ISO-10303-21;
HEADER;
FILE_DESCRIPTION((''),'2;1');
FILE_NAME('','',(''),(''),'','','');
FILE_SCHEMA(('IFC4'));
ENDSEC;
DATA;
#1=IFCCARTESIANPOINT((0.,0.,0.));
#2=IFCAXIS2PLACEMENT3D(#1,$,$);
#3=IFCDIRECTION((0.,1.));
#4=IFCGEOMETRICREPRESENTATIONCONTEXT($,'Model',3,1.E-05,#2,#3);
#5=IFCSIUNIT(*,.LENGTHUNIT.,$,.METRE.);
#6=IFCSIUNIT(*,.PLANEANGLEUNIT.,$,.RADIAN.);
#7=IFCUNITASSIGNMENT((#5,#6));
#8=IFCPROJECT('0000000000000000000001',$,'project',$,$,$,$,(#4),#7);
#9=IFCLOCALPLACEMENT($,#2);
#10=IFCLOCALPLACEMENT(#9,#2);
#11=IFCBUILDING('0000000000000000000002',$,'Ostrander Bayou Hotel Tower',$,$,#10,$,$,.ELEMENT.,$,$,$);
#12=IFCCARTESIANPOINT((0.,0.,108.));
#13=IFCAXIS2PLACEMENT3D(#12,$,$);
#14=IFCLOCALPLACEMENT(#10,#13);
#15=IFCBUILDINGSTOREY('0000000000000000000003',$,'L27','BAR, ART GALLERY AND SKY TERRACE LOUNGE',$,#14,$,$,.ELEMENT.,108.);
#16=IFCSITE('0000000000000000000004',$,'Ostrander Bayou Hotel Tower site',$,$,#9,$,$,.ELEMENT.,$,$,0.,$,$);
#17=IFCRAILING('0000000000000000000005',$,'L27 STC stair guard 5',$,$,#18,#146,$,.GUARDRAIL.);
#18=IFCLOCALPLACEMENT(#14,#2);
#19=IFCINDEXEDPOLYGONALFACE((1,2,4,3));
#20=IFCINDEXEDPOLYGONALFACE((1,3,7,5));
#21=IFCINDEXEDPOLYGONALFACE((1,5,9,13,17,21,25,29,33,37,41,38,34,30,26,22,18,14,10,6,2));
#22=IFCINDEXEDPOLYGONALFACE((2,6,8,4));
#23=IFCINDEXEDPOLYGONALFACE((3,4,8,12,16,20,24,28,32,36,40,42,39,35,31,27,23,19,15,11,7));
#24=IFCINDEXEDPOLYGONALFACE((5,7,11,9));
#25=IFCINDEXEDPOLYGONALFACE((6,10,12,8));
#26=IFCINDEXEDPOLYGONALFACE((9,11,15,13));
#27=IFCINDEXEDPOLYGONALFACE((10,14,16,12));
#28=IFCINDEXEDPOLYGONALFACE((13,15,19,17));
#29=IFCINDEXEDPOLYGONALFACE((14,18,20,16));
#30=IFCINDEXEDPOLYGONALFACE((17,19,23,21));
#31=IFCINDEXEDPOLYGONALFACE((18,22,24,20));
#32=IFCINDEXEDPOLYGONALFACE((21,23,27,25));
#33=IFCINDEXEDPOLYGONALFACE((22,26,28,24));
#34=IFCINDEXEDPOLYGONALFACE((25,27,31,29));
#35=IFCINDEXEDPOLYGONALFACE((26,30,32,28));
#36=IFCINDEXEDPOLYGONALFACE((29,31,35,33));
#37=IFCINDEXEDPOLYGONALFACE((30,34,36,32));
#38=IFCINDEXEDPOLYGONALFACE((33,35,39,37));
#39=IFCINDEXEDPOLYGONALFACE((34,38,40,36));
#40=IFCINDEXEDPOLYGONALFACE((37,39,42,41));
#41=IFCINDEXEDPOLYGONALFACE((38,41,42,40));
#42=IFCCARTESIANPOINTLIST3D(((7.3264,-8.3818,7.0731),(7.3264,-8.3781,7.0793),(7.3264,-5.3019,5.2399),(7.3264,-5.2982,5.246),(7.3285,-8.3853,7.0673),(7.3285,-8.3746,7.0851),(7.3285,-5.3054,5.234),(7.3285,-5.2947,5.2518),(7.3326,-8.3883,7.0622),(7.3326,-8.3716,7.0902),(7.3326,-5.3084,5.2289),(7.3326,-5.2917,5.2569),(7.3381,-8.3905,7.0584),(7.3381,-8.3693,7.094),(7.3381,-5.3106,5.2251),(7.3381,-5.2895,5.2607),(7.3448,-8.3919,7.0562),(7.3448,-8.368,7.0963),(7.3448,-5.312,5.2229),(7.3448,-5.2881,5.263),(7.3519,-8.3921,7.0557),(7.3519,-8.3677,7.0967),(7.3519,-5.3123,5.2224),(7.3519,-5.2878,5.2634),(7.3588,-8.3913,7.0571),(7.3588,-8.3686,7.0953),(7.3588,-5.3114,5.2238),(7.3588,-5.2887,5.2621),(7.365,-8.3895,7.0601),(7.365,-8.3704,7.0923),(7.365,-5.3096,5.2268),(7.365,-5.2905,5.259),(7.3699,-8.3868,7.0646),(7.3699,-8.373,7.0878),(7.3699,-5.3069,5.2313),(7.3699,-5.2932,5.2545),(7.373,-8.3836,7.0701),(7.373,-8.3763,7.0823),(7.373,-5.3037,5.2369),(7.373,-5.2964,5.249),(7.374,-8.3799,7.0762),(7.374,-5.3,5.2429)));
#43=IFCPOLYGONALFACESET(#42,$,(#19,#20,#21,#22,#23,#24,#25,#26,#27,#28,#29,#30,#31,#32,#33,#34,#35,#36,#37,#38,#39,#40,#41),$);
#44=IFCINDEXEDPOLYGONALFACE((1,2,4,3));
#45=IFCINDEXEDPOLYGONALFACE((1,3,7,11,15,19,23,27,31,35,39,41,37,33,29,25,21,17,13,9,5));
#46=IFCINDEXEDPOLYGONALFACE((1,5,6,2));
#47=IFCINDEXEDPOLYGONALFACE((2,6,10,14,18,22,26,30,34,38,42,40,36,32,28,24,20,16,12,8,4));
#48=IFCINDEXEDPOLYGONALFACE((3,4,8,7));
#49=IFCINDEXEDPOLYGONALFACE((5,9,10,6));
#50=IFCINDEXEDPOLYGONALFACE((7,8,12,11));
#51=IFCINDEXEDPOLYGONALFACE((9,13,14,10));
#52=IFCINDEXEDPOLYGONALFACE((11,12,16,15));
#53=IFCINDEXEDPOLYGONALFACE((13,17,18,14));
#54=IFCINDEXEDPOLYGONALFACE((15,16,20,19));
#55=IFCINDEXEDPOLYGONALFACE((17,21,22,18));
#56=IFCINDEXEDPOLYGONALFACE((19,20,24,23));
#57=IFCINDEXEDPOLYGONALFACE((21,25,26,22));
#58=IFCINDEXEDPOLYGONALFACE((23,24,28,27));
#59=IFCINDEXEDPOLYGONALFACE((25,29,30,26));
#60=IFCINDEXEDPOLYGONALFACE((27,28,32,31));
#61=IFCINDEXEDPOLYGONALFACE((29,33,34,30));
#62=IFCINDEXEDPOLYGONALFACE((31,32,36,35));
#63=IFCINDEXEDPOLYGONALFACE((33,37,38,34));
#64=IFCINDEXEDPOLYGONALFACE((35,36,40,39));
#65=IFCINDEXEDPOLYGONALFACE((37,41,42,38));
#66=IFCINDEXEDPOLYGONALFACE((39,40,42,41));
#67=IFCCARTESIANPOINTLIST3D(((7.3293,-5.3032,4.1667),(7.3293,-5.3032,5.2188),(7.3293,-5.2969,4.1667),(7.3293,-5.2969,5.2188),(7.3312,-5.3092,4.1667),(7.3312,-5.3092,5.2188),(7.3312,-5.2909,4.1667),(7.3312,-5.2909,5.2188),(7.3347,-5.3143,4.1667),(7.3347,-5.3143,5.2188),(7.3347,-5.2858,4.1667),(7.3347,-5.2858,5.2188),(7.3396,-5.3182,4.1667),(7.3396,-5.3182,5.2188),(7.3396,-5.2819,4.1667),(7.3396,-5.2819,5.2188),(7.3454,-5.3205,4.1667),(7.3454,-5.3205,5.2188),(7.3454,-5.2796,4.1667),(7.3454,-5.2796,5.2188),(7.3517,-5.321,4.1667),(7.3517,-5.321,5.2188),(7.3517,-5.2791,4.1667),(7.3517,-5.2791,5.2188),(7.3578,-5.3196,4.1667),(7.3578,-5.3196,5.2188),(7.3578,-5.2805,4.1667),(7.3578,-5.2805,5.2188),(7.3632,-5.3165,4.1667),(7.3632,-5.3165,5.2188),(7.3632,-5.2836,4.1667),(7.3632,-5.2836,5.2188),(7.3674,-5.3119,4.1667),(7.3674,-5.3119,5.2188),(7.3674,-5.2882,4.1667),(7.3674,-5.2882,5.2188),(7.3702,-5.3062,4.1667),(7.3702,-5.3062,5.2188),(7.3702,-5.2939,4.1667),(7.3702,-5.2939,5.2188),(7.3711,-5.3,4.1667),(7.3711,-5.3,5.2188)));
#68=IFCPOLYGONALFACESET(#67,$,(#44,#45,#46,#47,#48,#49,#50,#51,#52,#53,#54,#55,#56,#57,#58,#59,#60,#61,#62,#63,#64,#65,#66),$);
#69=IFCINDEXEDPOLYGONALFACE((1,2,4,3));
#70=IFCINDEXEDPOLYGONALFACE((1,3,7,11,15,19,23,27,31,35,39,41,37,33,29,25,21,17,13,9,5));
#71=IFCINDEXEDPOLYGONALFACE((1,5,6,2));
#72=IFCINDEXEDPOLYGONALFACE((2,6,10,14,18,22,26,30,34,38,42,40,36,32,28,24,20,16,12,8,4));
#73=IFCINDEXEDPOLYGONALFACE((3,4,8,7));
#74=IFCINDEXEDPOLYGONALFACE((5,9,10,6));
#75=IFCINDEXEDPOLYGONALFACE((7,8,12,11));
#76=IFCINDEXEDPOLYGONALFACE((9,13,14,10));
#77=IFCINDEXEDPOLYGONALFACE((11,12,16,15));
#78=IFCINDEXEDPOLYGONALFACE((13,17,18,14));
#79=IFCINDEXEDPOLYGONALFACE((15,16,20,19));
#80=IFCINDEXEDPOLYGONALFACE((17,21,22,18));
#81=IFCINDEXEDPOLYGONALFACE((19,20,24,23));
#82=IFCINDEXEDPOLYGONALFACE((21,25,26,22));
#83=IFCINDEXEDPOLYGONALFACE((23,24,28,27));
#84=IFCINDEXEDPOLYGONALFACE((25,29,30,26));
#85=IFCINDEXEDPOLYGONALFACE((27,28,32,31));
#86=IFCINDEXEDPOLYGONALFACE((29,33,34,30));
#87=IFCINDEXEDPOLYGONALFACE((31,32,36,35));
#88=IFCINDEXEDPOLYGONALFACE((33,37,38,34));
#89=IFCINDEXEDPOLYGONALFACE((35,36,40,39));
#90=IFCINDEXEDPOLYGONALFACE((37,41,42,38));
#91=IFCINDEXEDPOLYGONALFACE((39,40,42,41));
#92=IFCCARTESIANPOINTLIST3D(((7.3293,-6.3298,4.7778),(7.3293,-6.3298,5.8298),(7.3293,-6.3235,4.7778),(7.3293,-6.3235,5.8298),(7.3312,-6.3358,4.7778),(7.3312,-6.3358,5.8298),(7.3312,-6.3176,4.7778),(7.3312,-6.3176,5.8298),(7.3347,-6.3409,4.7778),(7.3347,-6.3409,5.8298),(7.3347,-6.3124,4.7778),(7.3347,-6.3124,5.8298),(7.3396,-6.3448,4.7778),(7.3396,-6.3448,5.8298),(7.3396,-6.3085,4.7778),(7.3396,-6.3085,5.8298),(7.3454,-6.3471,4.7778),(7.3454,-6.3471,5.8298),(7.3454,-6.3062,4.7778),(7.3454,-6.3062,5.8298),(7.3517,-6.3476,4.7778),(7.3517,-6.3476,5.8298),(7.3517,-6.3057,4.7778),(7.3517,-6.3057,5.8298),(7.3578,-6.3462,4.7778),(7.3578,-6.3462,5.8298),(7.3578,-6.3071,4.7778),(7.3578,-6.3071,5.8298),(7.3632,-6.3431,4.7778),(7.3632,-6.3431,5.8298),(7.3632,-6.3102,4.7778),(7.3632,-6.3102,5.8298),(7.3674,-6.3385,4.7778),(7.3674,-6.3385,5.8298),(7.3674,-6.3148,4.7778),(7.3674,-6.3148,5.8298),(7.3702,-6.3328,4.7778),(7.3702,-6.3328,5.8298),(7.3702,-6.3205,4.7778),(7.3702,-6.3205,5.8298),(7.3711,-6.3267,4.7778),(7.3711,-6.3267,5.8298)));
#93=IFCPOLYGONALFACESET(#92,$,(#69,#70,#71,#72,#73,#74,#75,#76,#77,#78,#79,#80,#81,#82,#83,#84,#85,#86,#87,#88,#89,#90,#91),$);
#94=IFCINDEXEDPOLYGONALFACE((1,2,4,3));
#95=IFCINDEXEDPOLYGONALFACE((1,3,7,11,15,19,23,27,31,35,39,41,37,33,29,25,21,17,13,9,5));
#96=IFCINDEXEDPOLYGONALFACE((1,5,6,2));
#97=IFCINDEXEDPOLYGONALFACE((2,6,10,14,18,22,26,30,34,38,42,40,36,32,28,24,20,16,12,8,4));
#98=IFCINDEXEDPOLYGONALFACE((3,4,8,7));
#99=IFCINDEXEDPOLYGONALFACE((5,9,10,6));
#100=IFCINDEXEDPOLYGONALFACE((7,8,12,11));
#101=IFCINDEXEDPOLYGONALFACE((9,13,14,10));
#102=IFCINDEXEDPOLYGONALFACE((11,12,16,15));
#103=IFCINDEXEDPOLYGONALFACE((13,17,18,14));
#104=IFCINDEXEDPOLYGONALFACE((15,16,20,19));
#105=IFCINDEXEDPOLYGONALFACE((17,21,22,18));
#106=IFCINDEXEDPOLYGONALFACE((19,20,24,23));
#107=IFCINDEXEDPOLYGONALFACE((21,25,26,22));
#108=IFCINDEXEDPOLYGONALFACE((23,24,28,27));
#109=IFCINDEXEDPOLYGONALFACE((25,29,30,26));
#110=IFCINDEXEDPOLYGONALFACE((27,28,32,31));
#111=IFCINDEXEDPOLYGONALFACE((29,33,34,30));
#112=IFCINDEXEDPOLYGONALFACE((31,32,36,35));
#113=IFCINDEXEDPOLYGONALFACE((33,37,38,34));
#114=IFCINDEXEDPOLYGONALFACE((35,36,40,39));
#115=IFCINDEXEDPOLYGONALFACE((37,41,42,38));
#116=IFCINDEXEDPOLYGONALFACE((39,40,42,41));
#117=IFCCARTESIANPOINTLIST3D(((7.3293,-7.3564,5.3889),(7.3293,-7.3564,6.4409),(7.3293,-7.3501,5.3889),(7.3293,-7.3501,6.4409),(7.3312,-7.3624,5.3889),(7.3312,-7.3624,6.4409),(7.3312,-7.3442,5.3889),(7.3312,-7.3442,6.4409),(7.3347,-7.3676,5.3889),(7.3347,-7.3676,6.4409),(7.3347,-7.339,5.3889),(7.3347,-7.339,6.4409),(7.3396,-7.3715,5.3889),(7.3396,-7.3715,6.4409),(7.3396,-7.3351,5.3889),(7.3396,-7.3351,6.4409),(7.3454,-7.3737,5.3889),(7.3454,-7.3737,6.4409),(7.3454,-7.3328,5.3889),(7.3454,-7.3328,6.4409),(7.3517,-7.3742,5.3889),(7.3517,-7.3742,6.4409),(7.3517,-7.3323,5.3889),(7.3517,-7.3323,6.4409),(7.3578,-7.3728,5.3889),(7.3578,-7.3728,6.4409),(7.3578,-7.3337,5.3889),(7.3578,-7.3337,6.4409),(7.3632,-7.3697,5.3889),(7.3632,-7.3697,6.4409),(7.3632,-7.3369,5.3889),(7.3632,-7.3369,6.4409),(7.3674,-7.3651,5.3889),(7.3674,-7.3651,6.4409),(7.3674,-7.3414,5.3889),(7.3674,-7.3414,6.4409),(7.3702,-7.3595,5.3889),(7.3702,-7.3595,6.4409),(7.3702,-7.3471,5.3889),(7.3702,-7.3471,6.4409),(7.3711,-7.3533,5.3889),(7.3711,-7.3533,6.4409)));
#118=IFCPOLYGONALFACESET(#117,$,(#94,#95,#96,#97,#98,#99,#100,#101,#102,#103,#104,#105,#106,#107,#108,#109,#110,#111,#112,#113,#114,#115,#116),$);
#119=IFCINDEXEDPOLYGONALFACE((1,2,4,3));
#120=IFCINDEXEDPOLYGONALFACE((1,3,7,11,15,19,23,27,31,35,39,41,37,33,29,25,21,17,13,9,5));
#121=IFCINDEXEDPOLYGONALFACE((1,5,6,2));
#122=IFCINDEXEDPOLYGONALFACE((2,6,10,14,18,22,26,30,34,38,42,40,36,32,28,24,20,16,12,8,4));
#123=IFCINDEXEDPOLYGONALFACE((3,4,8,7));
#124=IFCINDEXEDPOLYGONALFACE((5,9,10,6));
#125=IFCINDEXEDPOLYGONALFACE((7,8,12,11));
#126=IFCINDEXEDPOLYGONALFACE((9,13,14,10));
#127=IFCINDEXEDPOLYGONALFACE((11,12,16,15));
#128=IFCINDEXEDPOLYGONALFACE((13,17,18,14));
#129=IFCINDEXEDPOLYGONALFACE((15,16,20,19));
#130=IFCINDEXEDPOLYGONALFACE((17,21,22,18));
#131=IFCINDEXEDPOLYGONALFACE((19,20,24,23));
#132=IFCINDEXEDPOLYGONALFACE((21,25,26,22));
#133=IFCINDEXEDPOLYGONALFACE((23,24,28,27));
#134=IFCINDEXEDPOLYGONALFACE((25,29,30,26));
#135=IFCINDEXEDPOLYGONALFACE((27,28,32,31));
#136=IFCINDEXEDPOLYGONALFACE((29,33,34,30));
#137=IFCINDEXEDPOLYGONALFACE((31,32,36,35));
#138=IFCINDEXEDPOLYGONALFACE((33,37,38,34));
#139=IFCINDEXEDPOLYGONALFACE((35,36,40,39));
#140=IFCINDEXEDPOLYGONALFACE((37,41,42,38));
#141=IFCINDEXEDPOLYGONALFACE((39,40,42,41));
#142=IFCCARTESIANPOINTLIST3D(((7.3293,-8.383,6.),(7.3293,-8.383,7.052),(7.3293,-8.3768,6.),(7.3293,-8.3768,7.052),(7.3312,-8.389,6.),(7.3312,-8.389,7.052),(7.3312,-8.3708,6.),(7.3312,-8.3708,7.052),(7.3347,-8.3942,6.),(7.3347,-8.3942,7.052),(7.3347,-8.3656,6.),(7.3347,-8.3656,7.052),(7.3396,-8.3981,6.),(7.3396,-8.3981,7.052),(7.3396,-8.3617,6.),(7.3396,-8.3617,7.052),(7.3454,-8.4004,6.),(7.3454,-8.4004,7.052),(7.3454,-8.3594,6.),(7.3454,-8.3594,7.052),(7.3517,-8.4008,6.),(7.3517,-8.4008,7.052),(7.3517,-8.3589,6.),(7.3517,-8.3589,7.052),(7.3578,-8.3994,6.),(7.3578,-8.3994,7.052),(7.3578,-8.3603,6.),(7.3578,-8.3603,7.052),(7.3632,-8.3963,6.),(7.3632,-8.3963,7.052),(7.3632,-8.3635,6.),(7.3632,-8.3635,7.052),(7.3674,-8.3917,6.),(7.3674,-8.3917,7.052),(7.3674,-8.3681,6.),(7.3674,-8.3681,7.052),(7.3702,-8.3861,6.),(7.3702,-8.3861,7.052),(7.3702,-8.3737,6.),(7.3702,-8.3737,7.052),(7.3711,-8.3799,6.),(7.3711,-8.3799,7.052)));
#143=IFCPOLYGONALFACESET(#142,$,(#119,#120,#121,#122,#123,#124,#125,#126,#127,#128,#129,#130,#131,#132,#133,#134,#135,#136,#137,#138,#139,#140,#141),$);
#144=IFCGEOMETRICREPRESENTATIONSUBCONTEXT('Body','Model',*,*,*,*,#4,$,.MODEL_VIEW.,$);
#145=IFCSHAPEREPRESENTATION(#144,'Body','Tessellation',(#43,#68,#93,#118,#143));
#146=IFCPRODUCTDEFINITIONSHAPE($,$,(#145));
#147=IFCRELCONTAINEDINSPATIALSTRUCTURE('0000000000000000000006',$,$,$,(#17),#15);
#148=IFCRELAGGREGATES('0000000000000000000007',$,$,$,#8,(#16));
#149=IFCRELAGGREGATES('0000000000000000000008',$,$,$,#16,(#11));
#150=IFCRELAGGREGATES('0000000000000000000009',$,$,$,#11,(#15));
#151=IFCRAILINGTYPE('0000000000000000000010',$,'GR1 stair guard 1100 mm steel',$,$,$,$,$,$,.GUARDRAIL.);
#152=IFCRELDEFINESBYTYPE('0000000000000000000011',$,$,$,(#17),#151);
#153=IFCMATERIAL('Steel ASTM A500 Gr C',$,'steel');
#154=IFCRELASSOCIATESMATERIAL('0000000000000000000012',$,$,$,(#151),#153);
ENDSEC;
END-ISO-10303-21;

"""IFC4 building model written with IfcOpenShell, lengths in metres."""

from ifc_helpers import new_model, si_unit, direction, frame, origin, origin_2d, place, context, subcontext, project, spatial, circle, extrude, material, type_object, element, save


model = new_model("IFC4")

# Units and contexts
model_context = context("Model", 3, precision=1e-05, world=origin(), true_north=direction((0.0, 1.0)))
body_context = subcontext(model_context, "Body", "Model", "MODEL_VIEW")
ifc_project = project(units=[si_unit("LENGTHUNIT", "METRE"), si_unit("PLANEANGLEUNIT", "RADIAN")], contexts=[model_context])

# Site, building, storey
site_placement = place(None, origin())
site = spatial("IfcSite", under=ifc_project, at=site_placement, Name="Ostrander Bayou Hotel Tower site", CompositionType="ELEMENT", RefElevation=0.0)
building_placement = place(site_placement, origin())
building = spatial("IfcBuilding", under=site, at=building_placement, Name="Ostrander Bayou Hotel Tower", CompositionType="ELEMENT")
storey_placement = place(building_placement, frame((0.0, 0.0, 108.0)))
storey = spatial("IfcBuildingStorey", under=building, at=storey_placement, Name="L27", Description="BAR, ART GALLERY AND SKY TERRACE LOUNGE", CompositionType="ELEMENT", Elevation=108.0)

# Railing
ifc_material_1 = material(Name="Steel ASTM A500 Gr C", Category="steel")
railing_type_1 = type_object("IfcRailingType", Name="GR1 stair guard 1100 mm steel", PredefinedType="GUARDRAIL", material=ifc_material_1)
railing_1_placement = place(storey_placement, frame((7.3501, -5.3, 4.1667)))
element("IfcRailing", 1, at=railing_1_placement, inside=storey, type_object=railing_type_1, Name="L27 STC stair guard 5", PredefinedType="GUARDRAIL", context=body_context, shape_type="SweptSolid", body=[
    extrude(circle(Radius=0.0239, at=origin_2d()), frame((0.0, 0.0, 1.0762), z_axis=(0.0, -0.859291, 0.511487), x_axis=(1.0, 0.0, 0.0)), (0.0, 0.0, 1.0), 3.5842),
    extrude(circle(Radius=0.021, at=origin_2d()), origin(), (0.0, 0.0, 1.0), 1.052),
    extrude(circle(Radius=0.021, at=origin_2d()), frame((0.0, -1.0266, 0.6111)), (0.0, 0.0, 1.0), 1.052),
    extrude(circle(Radius=0.021, at=origin_2d()), frame((0.0, -2.0532, 1.2222)), (0.0, 0.0, 1.0), 1.052),
    extrude(circle(Radius=0.021, at=origin_2d()), frame((0.0, -3.0798, 1.8333)), (0.0, 0.0, 1.0), 1.052),
])

save(model, "model.ifc")
